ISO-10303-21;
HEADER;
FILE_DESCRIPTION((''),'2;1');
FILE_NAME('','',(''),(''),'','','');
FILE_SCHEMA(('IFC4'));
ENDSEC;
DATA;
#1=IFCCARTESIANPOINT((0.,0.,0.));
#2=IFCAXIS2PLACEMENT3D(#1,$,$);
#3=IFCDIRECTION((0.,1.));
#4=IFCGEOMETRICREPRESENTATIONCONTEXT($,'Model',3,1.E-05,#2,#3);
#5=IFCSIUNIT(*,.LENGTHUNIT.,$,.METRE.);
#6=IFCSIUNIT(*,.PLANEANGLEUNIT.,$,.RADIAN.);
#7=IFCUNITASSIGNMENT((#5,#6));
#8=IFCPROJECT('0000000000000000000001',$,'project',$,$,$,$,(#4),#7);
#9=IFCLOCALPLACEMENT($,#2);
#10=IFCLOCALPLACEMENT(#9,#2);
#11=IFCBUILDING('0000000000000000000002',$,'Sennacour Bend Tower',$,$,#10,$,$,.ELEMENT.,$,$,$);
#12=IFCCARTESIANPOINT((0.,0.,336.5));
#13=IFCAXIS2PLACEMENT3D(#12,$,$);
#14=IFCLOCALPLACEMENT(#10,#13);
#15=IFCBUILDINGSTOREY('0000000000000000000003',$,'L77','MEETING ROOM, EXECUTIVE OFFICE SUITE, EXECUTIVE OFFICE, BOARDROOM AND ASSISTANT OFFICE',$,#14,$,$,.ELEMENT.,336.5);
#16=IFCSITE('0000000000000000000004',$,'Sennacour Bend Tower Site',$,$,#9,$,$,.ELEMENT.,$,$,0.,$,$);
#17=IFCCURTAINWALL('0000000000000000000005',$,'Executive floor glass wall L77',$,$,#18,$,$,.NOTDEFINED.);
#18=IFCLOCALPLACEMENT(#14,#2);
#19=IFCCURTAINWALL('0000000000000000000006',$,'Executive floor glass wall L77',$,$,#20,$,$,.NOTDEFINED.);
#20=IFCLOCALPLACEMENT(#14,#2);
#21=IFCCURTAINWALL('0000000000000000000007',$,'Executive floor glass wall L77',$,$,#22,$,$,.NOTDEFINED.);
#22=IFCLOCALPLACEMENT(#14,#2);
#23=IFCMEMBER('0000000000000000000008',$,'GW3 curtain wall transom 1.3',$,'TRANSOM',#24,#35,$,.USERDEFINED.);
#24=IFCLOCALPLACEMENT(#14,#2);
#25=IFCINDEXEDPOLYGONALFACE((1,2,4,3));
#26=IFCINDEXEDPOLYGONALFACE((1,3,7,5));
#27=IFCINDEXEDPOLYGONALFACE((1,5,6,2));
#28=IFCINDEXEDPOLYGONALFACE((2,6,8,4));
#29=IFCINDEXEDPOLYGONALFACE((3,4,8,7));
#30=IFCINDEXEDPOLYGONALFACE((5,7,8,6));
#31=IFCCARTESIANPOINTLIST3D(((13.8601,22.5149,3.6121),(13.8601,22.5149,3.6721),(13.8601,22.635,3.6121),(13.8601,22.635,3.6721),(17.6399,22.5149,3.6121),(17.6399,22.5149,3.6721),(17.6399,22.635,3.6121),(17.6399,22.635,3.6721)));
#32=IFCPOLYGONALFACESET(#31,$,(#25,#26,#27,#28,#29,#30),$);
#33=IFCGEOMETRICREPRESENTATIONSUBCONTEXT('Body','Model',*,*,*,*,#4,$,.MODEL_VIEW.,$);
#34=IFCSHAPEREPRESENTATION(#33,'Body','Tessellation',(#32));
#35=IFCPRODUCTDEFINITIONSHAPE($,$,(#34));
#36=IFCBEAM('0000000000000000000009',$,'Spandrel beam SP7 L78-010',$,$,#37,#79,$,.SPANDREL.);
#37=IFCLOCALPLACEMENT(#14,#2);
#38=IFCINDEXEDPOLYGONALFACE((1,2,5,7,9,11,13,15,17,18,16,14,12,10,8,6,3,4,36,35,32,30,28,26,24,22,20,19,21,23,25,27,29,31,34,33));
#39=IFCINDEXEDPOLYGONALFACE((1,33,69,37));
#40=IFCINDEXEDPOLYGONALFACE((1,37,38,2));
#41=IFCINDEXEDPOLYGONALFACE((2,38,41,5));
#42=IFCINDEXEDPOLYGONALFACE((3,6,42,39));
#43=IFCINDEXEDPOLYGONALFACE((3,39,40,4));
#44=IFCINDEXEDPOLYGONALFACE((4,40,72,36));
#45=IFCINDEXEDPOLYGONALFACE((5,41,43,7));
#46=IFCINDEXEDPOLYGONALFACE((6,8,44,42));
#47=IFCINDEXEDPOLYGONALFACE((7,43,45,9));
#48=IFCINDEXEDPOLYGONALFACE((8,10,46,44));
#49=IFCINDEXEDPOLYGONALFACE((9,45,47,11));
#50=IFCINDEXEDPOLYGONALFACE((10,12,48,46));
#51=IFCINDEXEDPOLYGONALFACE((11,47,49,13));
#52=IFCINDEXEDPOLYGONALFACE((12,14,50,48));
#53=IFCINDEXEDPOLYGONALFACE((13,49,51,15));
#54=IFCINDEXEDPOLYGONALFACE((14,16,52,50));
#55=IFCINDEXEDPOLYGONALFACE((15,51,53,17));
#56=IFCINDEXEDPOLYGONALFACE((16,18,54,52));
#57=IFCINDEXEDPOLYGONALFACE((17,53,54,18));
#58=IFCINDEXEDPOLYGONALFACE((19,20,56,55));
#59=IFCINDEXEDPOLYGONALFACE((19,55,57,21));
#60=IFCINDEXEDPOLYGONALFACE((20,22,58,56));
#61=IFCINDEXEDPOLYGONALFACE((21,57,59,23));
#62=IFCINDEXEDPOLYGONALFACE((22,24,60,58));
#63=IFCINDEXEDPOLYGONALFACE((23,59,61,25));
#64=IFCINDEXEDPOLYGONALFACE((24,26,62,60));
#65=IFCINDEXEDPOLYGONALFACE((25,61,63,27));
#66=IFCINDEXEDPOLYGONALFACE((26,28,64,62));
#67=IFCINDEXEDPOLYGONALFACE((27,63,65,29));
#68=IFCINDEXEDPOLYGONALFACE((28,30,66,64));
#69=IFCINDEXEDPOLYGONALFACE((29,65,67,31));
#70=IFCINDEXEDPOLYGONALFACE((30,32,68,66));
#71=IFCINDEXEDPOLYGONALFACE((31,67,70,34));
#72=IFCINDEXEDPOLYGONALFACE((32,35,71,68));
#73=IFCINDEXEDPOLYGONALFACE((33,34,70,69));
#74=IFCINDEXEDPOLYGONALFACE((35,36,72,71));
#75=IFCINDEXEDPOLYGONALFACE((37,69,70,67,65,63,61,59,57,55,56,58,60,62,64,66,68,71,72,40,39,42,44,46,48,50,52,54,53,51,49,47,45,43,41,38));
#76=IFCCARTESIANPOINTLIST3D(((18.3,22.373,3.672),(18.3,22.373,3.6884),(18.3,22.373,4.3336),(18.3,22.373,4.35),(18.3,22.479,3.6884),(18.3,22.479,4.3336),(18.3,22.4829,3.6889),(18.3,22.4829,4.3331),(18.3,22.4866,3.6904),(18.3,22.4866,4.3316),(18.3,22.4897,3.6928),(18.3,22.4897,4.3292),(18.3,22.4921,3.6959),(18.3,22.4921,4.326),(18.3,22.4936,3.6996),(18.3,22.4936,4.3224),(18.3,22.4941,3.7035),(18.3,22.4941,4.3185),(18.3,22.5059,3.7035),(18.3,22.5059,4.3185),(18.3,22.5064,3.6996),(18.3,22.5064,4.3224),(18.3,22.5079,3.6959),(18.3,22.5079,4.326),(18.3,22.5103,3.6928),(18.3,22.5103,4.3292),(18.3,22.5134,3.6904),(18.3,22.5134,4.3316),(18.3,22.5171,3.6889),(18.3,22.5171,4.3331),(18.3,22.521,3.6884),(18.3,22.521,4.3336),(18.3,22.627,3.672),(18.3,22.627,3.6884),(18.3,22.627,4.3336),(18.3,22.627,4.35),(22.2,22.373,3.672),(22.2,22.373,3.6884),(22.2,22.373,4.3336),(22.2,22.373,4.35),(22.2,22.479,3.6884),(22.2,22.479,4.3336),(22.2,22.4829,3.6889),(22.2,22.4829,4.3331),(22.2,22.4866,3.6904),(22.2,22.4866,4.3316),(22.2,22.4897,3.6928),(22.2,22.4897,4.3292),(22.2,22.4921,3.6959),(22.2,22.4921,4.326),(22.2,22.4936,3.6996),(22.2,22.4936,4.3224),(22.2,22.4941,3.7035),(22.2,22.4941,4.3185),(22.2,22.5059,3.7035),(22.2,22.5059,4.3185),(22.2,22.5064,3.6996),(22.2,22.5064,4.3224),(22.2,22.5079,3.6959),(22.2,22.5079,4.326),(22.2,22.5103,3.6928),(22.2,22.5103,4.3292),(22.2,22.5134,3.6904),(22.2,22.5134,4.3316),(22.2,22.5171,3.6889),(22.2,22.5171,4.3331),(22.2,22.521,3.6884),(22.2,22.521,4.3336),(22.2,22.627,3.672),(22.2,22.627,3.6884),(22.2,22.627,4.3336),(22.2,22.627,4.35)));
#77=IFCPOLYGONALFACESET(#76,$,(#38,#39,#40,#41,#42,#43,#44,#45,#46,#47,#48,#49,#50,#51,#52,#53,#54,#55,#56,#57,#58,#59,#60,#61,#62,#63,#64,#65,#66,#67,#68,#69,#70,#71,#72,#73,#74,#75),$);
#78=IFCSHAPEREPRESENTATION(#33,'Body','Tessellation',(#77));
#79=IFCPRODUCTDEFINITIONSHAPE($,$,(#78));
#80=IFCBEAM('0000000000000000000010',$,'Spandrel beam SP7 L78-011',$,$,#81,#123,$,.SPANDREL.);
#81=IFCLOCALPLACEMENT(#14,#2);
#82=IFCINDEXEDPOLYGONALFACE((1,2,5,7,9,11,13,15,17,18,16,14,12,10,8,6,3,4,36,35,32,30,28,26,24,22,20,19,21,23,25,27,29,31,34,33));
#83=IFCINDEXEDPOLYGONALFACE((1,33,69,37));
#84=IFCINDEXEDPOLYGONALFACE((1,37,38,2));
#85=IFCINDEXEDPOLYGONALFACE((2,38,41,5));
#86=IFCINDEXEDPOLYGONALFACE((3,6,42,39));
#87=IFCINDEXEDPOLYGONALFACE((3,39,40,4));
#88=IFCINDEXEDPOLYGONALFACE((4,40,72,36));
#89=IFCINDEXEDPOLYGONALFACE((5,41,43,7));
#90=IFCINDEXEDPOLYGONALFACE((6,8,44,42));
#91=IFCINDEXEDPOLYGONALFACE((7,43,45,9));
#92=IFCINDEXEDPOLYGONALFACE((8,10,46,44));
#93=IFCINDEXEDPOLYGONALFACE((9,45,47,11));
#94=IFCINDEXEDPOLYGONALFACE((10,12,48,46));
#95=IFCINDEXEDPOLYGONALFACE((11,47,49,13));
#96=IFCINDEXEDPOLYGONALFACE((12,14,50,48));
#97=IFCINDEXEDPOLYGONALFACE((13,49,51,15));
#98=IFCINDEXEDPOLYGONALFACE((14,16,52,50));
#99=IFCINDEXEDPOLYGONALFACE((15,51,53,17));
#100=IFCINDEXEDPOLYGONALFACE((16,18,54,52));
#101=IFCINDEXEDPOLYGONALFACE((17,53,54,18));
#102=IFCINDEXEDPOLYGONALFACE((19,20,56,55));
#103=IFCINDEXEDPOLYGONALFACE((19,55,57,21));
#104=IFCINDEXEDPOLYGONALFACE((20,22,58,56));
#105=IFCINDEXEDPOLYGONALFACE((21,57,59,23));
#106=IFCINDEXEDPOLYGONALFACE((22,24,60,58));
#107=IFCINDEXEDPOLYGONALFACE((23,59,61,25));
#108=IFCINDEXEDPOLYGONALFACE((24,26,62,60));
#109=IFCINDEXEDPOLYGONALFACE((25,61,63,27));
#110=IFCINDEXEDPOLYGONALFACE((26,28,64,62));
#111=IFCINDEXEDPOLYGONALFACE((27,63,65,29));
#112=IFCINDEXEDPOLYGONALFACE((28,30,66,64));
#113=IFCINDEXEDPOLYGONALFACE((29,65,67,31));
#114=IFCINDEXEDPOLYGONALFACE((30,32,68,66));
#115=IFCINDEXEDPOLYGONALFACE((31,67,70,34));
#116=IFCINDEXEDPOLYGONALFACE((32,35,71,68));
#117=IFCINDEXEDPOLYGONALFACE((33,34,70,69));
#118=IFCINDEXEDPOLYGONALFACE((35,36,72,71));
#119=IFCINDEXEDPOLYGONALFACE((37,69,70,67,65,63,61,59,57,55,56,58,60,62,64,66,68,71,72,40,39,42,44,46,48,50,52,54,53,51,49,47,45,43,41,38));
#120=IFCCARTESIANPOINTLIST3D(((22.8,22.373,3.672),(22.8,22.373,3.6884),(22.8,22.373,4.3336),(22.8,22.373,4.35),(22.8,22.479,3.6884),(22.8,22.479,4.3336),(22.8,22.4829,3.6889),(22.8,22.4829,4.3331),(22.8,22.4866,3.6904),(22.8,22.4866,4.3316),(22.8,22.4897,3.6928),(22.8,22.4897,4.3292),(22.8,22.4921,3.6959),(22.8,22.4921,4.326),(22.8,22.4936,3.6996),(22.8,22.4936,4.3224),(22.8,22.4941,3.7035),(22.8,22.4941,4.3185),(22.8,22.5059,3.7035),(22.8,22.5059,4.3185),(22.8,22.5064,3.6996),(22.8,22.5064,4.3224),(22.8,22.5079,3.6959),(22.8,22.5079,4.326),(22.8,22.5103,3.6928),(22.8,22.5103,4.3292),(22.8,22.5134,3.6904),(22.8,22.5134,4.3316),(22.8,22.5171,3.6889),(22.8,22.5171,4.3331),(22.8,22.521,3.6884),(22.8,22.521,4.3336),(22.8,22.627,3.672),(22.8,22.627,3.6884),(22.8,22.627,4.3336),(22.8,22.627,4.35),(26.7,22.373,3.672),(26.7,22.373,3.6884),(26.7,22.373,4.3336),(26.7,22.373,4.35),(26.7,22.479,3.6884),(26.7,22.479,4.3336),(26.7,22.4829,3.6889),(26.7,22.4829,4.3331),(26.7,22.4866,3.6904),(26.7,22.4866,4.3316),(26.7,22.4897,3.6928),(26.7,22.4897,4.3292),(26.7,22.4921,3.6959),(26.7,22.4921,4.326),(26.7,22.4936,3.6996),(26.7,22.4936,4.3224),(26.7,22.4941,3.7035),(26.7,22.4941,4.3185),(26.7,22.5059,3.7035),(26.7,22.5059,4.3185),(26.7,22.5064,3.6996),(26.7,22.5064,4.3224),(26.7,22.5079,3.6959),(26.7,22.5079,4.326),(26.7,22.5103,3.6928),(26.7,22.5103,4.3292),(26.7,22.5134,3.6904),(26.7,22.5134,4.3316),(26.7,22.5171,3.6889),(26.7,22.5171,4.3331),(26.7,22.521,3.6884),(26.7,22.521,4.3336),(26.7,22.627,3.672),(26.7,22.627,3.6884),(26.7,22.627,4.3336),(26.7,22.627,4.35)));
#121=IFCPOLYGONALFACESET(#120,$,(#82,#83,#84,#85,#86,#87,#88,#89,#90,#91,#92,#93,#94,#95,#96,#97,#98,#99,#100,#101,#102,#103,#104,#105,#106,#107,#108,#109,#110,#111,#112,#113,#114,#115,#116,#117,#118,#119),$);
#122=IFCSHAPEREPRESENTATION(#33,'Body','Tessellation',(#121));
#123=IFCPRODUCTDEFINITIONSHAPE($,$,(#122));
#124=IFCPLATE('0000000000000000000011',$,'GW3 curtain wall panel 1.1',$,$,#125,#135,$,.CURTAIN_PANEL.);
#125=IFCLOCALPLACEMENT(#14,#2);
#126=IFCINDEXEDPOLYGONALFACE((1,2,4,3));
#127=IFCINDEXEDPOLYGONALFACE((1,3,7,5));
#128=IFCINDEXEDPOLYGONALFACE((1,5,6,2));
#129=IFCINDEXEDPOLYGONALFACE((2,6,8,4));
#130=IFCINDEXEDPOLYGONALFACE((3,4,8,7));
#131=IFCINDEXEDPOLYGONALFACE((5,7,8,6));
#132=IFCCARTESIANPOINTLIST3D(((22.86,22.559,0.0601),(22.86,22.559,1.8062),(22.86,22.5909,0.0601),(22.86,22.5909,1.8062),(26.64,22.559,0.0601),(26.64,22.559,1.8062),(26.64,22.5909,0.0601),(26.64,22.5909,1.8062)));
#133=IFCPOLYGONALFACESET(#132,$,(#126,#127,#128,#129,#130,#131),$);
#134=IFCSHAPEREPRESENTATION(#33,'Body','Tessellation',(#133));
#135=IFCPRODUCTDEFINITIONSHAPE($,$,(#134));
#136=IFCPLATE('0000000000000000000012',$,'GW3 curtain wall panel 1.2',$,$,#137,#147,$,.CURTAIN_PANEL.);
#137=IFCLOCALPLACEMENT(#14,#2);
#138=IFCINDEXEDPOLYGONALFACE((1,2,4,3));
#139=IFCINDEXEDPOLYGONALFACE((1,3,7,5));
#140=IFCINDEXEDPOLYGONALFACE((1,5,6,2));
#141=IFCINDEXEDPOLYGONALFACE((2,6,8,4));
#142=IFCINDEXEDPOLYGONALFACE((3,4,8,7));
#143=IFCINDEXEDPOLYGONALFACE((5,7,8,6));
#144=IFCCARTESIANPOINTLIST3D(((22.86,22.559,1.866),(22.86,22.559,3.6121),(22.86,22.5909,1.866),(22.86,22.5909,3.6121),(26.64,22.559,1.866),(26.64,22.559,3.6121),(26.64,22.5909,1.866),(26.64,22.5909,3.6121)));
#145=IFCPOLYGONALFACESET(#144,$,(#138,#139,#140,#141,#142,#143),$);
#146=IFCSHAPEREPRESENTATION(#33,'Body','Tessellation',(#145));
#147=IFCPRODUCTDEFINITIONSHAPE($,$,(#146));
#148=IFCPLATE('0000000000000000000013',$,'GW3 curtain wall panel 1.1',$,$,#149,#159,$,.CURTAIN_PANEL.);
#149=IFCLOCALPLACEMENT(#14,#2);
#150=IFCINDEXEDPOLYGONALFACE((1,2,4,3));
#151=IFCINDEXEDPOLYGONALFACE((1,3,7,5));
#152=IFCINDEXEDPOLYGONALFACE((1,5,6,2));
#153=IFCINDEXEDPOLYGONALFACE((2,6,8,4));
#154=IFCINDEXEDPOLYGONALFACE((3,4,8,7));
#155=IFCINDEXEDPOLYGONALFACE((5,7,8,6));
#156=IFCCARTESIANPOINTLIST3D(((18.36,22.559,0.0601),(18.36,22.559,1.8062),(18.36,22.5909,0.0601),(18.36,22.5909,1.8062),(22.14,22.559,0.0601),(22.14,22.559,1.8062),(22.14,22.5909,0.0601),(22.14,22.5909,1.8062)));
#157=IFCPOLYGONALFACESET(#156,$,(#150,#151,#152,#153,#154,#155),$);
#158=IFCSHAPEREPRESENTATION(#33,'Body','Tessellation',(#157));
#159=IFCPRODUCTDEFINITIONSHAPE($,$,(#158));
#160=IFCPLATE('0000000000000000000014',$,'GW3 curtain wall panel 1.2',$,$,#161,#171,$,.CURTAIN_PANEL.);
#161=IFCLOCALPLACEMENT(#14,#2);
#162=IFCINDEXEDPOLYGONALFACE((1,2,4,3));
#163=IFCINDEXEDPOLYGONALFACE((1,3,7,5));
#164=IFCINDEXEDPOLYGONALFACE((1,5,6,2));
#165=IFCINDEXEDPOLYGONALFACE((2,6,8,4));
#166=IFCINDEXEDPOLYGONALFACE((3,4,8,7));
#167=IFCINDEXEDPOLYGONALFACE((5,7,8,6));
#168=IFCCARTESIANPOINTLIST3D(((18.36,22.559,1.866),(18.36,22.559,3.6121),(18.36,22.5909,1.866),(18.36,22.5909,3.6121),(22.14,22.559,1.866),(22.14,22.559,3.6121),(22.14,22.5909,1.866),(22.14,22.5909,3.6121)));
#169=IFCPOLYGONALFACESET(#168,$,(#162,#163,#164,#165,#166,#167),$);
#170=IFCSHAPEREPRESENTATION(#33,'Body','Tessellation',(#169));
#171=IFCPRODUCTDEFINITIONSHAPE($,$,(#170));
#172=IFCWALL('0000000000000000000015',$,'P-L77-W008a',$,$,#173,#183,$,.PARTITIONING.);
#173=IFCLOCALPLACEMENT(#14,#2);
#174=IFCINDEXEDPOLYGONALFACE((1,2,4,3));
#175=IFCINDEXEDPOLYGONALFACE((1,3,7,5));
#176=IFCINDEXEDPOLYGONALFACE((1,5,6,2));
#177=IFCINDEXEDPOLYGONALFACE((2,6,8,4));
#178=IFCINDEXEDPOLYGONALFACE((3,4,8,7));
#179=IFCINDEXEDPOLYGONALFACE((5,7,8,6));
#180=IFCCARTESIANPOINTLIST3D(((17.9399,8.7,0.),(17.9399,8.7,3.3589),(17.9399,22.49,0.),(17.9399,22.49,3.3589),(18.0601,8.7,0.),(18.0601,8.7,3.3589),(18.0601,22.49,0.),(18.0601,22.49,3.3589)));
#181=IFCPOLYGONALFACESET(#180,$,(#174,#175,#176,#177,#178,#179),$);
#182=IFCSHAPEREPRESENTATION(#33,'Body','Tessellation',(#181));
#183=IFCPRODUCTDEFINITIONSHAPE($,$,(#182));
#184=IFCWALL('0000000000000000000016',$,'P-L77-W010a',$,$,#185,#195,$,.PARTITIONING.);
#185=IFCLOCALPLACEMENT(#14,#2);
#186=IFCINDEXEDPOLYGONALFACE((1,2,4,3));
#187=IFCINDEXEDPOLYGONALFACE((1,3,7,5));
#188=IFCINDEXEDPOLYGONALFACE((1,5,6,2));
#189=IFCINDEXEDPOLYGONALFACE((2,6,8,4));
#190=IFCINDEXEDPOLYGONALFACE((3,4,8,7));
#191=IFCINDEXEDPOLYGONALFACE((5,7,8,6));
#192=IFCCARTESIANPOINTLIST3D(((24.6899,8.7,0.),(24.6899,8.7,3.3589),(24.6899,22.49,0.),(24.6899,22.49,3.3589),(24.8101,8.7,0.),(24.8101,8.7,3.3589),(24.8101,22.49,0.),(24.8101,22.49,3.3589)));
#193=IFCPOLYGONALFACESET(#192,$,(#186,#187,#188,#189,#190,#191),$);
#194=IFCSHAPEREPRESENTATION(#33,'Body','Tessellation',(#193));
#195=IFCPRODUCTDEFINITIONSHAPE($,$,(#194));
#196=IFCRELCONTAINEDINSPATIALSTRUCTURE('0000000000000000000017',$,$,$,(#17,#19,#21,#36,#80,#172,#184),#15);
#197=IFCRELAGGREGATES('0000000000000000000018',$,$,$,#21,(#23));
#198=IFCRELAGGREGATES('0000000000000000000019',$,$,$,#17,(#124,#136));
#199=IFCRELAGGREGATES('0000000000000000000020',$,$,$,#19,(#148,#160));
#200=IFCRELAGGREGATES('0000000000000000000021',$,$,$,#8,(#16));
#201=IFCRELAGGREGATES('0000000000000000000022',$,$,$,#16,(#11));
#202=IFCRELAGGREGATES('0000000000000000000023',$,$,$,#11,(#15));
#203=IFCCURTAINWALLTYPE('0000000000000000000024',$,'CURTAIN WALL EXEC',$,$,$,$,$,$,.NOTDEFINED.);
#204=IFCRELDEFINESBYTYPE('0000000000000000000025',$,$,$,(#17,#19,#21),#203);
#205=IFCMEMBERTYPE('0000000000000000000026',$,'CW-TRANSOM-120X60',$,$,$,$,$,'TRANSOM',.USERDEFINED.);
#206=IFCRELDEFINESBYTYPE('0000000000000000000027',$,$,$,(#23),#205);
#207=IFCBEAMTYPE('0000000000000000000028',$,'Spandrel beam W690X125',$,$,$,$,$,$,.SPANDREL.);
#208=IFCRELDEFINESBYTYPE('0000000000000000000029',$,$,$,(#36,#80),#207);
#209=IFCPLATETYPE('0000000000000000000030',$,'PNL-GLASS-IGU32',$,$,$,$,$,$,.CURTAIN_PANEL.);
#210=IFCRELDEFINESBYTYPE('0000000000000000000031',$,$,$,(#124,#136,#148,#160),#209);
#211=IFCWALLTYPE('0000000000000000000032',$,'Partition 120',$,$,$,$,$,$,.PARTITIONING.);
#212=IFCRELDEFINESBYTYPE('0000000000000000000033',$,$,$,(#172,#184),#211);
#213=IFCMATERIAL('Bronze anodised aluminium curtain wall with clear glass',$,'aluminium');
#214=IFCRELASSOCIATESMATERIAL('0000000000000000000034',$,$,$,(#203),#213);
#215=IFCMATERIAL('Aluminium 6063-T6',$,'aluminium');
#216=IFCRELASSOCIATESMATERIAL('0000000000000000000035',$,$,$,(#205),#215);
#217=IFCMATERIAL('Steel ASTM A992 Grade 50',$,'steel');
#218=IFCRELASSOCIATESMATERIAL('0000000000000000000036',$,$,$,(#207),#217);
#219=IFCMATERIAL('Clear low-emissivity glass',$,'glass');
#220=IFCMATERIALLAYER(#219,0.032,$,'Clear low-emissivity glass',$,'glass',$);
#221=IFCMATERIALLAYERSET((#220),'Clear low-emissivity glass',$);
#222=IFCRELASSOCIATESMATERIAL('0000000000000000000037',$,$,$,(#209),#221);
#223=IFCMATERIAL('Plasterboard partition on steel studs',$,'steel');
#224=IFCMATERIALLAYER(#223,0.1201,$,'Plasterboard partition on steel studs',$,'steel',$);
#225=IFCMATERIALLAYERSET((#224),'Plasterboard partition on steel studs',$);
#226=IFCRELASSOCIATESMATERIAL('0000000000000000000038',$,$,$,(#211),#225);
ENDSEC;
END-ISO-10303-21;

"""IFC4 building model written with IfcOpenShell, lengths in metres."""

from ifc_helpers import new_model, si_unit, direction, frame, frame_2d, origin, origin_2d, place, context, subcontext, project, spatial, rectangle, i_section, extrude, material, layer, layer_set, material_profile, profile_set, type_object, element, aggregate, save


model = new_model("IFC4")

# Units and contexts
model_context = context("Model", 3, precision=1e-05, world=origin(), true_north=direction((0.0, 1.0)))
body_context = subcontext(model_context, "Body", "Model", "MODEL_VIEW")
ifc_project = project(units=[si_unit("LENGTHUNIT", "METRE"), si_unit("PLANEANGLEUNIT", "RADIAN")], contexts=[model_context])

# Site, building, storey
site_placement = place(None, origin())
site = spatial("IfcSite", under=ifc_project, at=site_placement, Name="Sennacour Bend Tower Site", CompositionType="ELEMENT", RefElevation=0.0)
building_placement = place(site_placement, origin())
building = spatial("IfcBuilding", under=site, at=building_placement, Name="Sennacour Bend Tower", CompositionType="ELEMENT")
storey_placement = place(building_placement, frame((0.0, 0.0, 336.5)))
storey = spatial("IfcBuildingStorey", under=building, at=storey_placement, Name="L77", Description="MEETING ROOM, EXECUTIVE OFFICE SUITE, EXECUTIVE OFFICE, BOARDROOM AND ASSISTANT OFFICE", CompositionType="ELEMENT", Elevation=336.5)

# Curtain walls
ifc_material_1 = material(Name="Bronze anodised aluminium curtain wall with clear glass", Category="aluminium")
curtain_wall_type = type_object("IfcCurtainWallType", Name="CURTAIN WALL EXEC", PredefinedType="NOTDEFINED", material=ifc_material_1)
curtain_wall_1_placement = place(storey_placement, origin())
curtain_wall_1 = element("IfcCurtainWall", 1, at=curtain_wall_1_placement, inside=storey, type_object=curtain_wall_type, Name="Executive floor glass wall L77", PredefinedType="NOTDEFINED")
ifc_material_2 = material(Name="Aluminium 6063-T6", Category="aluminium")
curtain_wall_2_placement = place(storey_placement, origin())
curtain_wall_2 = element("IfcCurtainWall", 2, at=curtain_wall_2_placement, inside=storey, type_object=curtain_wall_type, Name="Executive floor glass wall L77", PredefinedType="NOTDEFINED")

# Curtain wall
curtain_wall_3_placement = place(storey_placement, origin())
curtain_wall_3 = element("IfcCurtainWall", 3, at=curtain_wall_3_placement, inside=storey, type_object=curtain_wall_type, Name="Executive floor glass wall L77", PredefinedType="NOTDEFINED")

# Member
ifc_material_profile_1 = material_profile(ifc_material_2, rectangle(XDim=0.1201, YDim=0.0601, at=origin_2d()), Name="Aluminium 6063-T6", Category="aluminium")
ifc_profile_set_1 = profile_set([ifc_material_profile_1], Name="Aluminium 6063-T6")
member_type_1 = type_object("IfcMemberType", Name="CW-TRANSOM-120X60", ElementType="TRANSOM", PredefinedType="USERDEFINED", material=ifc_profile_set_1)
member_1_placement = place(storey_placement, frame((17.6399, 22.575, 3.6421), z_axis=(-1.0, 0.0, 0.0), x_axis=(0.0, -1.0, 0.0)))
member_1 = element("IfcMember", 4, at=member_1_placement, type_object=member_type_1, Name="GW3 curtain wall transom 1.3", ObjectType="TRANSOM", PredefinedType="USERDEFINED", context=body_context, shape_type="SweptSolid", body=[
    extrude(rectangle(XDim=0.1201, YDim=0.0601, at=origin_2d()), origin(), (0.0, 0.0, 1.0), 3.7798),
])
aggregate(curtain_wall_3, [member_1])

# Beams
ifc_material_3 = material(Name="Steel ASTM A992 Grade 50", Category="steel")
ifc_material_profile_2 = material_profile(ifc_material_3, i_section(OverallWidth=0.2539, OverallDepth=0.678, WebThickness=0.0117, FlangeThickness=0.0164, FilletRadius=0.0151, at=origin_2d()), Name="Steel ASTM A992 Grade 50", Category="steel")
ifc_profile_set_2 = profile_set([ifc_material_profile_2], Name="Steel ASTM A992 Grade 50")
beam_type = type_object("IfcBeamType", Name="Spandrel beam W690X125", PredefinedType="SPANDREL", material=ifc_profile_set_2)
for number, where, z_axis, x_axis, name in (
    (5, (18.3, 22.5, 4.011), (1.0, 0.0, 0.0), (0.0, 1.0, 0.0), "Spandrel beam SP7 L78-010"),
    (6, (22.8, 22.5, 4.011), (1.0, 0.0, 0.0), (0.0, 1.0, 0.0), "Spandrel beam SP7 L78-011"),
):
    element("IfcBeam", number, at=place(storey_placement, frame(where, z_axis=z_axis, x_axis=x_axis)), inside=storey, type_object=beam_type, Name=name, PredefinedType="SPANDREL", context=body_context, shape_type="SweptSolid", body=[
        extrude(i_section(OverallWidth=0.2539, OverallDepth=0.678, WebThickness=0.0117, FlangeThickness=0.0164, FilletRadius=0.0151, at=origin_2d()), origin(), (0.0, 0.0, 1.0), 3.8999),
    ])

# Plates
ifc_material_4 = material(Name="Clear low-emissivity glass", Category="glass")
ifc_layer_1 = layer(ifc_material_4, 0.032, Name="Clear low-emissivity glass", Category="glass")
ifc_layer_set_1 = layer_set([ifc_layer_1], Name="Clear low-emissivity glass")
plate_type = type_object("IfcPlateType", Name="PNL-GLASS-IGU32", PredefinedType="CURTAIN_PANEL", material=ifc_layer_set_1)
plate_1_placement = place(storey_placement, frame((24.75, 22.575, 0.0601), z_axis=(0.0, 0.0, 1.0), x_axis=(-1.0, 0.0, 0.0)))
plate_1 = element("IfcPlate", 7, at=plate_1_placement, type_object=plate_type, Name="GW3 curtain wall panel 1.1", PredefinedType="CURTAIN_PANEL", context=body_context, shape_type="SweptSolid", body=[
    extrude(rectangle(XDim=3.78, YDim=0.032, at=origin_2d()), origin(), (0.0, 0.0, 1.0), 1.7461),
])
plate_2_placement = place(storey_placement, frame((24.75, 22.575, 1.866), z_axis=(0.0, 0.0, 1.0), x_axis=(-1.0, 0.0, 0.0)))
plate_2 = element("IfcPlate", 8, at=plate_2_placement, type_object=plate_type, Name="GW3 curtain wall panel 1.2", PredefinedType="CURTAIN_PANEL", context=body_context, shape_type="SweptSolid", body=[
    extrude(rectangle(XDim=3.78, YDim=0.032, at=origin_2d()), origin(), (0.0, 0.0, 1.0), 1.7461),
])
aggregate(curtain_wall_1, [plate_1, plate_2])
plate_3_placement = place(storey_placement, frame((20.25, 22.575, 0.0601), z_axis=(0.0, 0.0, 1.0), x_axis=(-1.0, 0.0, 0.0)))
plate_3 = element("IfcPlate", 9, at=plate_3_placement, type_object=plate_type, Name="GW3 curtain wall panel 1.1", PredefinedType="CURTAIN_PANEL", context=body_context, shape_type="SweptSolid", body=[
    extrude(rectangle(XDim=3.78, YDim=0.032, at=origin_2d()), origin(), (0.0, 0.0, 1.0), 1.7461),
])
plate_4_placement = place(storey_placement, frame((20.25, 22.575, 1.866), z_axis=(0.0, 0.0, 1.0), x_axis=(-1.0, 0.0, 0.0)))
plate_4 = element("IfcPlate", 10, at=plate_4_placement, type_object=plate_type, Name="GW3 curtain wall panel 1.2", PredefinedType="CURTAIN_PANEL", context=body_context, shape_type="SweptSolid", body=[
    extrude(rectangle(XDim=3.78, YDim=0.032, at=origin_2d()), origin(), (0.0, 0.0, 1.0), 1.7461),
])
aggregate(curtain_wall_2, [plate_3, plate_4])

# Walls
ifc_material_5 = material(Name="Plasterboard partition on steel studs", Category="steel")
ifc_layer_2 = layer(ifc_material_5, 0.1201, Name="Plasterboard partition on steel studs", Category="steel")
ifc_layer_set_2 = layer_set([ifc_layer_2], Name="Plasterboard partition on steel studs")
wall_type = type_object("IfcWallType", Name="Partition 120", PredefinedType="PARTITIONING", material=ifc_layer_set_2)
for number, where, z_axis, x_axis, name in (
    (11, (18.0, 8.7, 0.0), (0.0, 0.0, 1.0), (0.0, 1.0, 0.0), "P-L77-W008a"),
    (12, (24.75, 8.7, 0.0), (0.0, 0.0, 1.0), (0.0, 1.0, 0.0), "P-L77-W010a"),
):
    element("IfcWall", number, at=place(storey_placement, frame(where, z_axis=z_axis, x_axis=x_axis)), inside=storey, type_object=wall_type, Name=name, PredefinedType="PARTITIONING", context=body_context, shape_type="SweptSolid", body=[
        extrude(rectangle(XDim=13.79, YDim=0.1201, at=frame_2d((6.895, 0.0))), origin(), (0.0, 0.0, 1.0), 3.3589),
    ])

save(model, "model.ifc")
